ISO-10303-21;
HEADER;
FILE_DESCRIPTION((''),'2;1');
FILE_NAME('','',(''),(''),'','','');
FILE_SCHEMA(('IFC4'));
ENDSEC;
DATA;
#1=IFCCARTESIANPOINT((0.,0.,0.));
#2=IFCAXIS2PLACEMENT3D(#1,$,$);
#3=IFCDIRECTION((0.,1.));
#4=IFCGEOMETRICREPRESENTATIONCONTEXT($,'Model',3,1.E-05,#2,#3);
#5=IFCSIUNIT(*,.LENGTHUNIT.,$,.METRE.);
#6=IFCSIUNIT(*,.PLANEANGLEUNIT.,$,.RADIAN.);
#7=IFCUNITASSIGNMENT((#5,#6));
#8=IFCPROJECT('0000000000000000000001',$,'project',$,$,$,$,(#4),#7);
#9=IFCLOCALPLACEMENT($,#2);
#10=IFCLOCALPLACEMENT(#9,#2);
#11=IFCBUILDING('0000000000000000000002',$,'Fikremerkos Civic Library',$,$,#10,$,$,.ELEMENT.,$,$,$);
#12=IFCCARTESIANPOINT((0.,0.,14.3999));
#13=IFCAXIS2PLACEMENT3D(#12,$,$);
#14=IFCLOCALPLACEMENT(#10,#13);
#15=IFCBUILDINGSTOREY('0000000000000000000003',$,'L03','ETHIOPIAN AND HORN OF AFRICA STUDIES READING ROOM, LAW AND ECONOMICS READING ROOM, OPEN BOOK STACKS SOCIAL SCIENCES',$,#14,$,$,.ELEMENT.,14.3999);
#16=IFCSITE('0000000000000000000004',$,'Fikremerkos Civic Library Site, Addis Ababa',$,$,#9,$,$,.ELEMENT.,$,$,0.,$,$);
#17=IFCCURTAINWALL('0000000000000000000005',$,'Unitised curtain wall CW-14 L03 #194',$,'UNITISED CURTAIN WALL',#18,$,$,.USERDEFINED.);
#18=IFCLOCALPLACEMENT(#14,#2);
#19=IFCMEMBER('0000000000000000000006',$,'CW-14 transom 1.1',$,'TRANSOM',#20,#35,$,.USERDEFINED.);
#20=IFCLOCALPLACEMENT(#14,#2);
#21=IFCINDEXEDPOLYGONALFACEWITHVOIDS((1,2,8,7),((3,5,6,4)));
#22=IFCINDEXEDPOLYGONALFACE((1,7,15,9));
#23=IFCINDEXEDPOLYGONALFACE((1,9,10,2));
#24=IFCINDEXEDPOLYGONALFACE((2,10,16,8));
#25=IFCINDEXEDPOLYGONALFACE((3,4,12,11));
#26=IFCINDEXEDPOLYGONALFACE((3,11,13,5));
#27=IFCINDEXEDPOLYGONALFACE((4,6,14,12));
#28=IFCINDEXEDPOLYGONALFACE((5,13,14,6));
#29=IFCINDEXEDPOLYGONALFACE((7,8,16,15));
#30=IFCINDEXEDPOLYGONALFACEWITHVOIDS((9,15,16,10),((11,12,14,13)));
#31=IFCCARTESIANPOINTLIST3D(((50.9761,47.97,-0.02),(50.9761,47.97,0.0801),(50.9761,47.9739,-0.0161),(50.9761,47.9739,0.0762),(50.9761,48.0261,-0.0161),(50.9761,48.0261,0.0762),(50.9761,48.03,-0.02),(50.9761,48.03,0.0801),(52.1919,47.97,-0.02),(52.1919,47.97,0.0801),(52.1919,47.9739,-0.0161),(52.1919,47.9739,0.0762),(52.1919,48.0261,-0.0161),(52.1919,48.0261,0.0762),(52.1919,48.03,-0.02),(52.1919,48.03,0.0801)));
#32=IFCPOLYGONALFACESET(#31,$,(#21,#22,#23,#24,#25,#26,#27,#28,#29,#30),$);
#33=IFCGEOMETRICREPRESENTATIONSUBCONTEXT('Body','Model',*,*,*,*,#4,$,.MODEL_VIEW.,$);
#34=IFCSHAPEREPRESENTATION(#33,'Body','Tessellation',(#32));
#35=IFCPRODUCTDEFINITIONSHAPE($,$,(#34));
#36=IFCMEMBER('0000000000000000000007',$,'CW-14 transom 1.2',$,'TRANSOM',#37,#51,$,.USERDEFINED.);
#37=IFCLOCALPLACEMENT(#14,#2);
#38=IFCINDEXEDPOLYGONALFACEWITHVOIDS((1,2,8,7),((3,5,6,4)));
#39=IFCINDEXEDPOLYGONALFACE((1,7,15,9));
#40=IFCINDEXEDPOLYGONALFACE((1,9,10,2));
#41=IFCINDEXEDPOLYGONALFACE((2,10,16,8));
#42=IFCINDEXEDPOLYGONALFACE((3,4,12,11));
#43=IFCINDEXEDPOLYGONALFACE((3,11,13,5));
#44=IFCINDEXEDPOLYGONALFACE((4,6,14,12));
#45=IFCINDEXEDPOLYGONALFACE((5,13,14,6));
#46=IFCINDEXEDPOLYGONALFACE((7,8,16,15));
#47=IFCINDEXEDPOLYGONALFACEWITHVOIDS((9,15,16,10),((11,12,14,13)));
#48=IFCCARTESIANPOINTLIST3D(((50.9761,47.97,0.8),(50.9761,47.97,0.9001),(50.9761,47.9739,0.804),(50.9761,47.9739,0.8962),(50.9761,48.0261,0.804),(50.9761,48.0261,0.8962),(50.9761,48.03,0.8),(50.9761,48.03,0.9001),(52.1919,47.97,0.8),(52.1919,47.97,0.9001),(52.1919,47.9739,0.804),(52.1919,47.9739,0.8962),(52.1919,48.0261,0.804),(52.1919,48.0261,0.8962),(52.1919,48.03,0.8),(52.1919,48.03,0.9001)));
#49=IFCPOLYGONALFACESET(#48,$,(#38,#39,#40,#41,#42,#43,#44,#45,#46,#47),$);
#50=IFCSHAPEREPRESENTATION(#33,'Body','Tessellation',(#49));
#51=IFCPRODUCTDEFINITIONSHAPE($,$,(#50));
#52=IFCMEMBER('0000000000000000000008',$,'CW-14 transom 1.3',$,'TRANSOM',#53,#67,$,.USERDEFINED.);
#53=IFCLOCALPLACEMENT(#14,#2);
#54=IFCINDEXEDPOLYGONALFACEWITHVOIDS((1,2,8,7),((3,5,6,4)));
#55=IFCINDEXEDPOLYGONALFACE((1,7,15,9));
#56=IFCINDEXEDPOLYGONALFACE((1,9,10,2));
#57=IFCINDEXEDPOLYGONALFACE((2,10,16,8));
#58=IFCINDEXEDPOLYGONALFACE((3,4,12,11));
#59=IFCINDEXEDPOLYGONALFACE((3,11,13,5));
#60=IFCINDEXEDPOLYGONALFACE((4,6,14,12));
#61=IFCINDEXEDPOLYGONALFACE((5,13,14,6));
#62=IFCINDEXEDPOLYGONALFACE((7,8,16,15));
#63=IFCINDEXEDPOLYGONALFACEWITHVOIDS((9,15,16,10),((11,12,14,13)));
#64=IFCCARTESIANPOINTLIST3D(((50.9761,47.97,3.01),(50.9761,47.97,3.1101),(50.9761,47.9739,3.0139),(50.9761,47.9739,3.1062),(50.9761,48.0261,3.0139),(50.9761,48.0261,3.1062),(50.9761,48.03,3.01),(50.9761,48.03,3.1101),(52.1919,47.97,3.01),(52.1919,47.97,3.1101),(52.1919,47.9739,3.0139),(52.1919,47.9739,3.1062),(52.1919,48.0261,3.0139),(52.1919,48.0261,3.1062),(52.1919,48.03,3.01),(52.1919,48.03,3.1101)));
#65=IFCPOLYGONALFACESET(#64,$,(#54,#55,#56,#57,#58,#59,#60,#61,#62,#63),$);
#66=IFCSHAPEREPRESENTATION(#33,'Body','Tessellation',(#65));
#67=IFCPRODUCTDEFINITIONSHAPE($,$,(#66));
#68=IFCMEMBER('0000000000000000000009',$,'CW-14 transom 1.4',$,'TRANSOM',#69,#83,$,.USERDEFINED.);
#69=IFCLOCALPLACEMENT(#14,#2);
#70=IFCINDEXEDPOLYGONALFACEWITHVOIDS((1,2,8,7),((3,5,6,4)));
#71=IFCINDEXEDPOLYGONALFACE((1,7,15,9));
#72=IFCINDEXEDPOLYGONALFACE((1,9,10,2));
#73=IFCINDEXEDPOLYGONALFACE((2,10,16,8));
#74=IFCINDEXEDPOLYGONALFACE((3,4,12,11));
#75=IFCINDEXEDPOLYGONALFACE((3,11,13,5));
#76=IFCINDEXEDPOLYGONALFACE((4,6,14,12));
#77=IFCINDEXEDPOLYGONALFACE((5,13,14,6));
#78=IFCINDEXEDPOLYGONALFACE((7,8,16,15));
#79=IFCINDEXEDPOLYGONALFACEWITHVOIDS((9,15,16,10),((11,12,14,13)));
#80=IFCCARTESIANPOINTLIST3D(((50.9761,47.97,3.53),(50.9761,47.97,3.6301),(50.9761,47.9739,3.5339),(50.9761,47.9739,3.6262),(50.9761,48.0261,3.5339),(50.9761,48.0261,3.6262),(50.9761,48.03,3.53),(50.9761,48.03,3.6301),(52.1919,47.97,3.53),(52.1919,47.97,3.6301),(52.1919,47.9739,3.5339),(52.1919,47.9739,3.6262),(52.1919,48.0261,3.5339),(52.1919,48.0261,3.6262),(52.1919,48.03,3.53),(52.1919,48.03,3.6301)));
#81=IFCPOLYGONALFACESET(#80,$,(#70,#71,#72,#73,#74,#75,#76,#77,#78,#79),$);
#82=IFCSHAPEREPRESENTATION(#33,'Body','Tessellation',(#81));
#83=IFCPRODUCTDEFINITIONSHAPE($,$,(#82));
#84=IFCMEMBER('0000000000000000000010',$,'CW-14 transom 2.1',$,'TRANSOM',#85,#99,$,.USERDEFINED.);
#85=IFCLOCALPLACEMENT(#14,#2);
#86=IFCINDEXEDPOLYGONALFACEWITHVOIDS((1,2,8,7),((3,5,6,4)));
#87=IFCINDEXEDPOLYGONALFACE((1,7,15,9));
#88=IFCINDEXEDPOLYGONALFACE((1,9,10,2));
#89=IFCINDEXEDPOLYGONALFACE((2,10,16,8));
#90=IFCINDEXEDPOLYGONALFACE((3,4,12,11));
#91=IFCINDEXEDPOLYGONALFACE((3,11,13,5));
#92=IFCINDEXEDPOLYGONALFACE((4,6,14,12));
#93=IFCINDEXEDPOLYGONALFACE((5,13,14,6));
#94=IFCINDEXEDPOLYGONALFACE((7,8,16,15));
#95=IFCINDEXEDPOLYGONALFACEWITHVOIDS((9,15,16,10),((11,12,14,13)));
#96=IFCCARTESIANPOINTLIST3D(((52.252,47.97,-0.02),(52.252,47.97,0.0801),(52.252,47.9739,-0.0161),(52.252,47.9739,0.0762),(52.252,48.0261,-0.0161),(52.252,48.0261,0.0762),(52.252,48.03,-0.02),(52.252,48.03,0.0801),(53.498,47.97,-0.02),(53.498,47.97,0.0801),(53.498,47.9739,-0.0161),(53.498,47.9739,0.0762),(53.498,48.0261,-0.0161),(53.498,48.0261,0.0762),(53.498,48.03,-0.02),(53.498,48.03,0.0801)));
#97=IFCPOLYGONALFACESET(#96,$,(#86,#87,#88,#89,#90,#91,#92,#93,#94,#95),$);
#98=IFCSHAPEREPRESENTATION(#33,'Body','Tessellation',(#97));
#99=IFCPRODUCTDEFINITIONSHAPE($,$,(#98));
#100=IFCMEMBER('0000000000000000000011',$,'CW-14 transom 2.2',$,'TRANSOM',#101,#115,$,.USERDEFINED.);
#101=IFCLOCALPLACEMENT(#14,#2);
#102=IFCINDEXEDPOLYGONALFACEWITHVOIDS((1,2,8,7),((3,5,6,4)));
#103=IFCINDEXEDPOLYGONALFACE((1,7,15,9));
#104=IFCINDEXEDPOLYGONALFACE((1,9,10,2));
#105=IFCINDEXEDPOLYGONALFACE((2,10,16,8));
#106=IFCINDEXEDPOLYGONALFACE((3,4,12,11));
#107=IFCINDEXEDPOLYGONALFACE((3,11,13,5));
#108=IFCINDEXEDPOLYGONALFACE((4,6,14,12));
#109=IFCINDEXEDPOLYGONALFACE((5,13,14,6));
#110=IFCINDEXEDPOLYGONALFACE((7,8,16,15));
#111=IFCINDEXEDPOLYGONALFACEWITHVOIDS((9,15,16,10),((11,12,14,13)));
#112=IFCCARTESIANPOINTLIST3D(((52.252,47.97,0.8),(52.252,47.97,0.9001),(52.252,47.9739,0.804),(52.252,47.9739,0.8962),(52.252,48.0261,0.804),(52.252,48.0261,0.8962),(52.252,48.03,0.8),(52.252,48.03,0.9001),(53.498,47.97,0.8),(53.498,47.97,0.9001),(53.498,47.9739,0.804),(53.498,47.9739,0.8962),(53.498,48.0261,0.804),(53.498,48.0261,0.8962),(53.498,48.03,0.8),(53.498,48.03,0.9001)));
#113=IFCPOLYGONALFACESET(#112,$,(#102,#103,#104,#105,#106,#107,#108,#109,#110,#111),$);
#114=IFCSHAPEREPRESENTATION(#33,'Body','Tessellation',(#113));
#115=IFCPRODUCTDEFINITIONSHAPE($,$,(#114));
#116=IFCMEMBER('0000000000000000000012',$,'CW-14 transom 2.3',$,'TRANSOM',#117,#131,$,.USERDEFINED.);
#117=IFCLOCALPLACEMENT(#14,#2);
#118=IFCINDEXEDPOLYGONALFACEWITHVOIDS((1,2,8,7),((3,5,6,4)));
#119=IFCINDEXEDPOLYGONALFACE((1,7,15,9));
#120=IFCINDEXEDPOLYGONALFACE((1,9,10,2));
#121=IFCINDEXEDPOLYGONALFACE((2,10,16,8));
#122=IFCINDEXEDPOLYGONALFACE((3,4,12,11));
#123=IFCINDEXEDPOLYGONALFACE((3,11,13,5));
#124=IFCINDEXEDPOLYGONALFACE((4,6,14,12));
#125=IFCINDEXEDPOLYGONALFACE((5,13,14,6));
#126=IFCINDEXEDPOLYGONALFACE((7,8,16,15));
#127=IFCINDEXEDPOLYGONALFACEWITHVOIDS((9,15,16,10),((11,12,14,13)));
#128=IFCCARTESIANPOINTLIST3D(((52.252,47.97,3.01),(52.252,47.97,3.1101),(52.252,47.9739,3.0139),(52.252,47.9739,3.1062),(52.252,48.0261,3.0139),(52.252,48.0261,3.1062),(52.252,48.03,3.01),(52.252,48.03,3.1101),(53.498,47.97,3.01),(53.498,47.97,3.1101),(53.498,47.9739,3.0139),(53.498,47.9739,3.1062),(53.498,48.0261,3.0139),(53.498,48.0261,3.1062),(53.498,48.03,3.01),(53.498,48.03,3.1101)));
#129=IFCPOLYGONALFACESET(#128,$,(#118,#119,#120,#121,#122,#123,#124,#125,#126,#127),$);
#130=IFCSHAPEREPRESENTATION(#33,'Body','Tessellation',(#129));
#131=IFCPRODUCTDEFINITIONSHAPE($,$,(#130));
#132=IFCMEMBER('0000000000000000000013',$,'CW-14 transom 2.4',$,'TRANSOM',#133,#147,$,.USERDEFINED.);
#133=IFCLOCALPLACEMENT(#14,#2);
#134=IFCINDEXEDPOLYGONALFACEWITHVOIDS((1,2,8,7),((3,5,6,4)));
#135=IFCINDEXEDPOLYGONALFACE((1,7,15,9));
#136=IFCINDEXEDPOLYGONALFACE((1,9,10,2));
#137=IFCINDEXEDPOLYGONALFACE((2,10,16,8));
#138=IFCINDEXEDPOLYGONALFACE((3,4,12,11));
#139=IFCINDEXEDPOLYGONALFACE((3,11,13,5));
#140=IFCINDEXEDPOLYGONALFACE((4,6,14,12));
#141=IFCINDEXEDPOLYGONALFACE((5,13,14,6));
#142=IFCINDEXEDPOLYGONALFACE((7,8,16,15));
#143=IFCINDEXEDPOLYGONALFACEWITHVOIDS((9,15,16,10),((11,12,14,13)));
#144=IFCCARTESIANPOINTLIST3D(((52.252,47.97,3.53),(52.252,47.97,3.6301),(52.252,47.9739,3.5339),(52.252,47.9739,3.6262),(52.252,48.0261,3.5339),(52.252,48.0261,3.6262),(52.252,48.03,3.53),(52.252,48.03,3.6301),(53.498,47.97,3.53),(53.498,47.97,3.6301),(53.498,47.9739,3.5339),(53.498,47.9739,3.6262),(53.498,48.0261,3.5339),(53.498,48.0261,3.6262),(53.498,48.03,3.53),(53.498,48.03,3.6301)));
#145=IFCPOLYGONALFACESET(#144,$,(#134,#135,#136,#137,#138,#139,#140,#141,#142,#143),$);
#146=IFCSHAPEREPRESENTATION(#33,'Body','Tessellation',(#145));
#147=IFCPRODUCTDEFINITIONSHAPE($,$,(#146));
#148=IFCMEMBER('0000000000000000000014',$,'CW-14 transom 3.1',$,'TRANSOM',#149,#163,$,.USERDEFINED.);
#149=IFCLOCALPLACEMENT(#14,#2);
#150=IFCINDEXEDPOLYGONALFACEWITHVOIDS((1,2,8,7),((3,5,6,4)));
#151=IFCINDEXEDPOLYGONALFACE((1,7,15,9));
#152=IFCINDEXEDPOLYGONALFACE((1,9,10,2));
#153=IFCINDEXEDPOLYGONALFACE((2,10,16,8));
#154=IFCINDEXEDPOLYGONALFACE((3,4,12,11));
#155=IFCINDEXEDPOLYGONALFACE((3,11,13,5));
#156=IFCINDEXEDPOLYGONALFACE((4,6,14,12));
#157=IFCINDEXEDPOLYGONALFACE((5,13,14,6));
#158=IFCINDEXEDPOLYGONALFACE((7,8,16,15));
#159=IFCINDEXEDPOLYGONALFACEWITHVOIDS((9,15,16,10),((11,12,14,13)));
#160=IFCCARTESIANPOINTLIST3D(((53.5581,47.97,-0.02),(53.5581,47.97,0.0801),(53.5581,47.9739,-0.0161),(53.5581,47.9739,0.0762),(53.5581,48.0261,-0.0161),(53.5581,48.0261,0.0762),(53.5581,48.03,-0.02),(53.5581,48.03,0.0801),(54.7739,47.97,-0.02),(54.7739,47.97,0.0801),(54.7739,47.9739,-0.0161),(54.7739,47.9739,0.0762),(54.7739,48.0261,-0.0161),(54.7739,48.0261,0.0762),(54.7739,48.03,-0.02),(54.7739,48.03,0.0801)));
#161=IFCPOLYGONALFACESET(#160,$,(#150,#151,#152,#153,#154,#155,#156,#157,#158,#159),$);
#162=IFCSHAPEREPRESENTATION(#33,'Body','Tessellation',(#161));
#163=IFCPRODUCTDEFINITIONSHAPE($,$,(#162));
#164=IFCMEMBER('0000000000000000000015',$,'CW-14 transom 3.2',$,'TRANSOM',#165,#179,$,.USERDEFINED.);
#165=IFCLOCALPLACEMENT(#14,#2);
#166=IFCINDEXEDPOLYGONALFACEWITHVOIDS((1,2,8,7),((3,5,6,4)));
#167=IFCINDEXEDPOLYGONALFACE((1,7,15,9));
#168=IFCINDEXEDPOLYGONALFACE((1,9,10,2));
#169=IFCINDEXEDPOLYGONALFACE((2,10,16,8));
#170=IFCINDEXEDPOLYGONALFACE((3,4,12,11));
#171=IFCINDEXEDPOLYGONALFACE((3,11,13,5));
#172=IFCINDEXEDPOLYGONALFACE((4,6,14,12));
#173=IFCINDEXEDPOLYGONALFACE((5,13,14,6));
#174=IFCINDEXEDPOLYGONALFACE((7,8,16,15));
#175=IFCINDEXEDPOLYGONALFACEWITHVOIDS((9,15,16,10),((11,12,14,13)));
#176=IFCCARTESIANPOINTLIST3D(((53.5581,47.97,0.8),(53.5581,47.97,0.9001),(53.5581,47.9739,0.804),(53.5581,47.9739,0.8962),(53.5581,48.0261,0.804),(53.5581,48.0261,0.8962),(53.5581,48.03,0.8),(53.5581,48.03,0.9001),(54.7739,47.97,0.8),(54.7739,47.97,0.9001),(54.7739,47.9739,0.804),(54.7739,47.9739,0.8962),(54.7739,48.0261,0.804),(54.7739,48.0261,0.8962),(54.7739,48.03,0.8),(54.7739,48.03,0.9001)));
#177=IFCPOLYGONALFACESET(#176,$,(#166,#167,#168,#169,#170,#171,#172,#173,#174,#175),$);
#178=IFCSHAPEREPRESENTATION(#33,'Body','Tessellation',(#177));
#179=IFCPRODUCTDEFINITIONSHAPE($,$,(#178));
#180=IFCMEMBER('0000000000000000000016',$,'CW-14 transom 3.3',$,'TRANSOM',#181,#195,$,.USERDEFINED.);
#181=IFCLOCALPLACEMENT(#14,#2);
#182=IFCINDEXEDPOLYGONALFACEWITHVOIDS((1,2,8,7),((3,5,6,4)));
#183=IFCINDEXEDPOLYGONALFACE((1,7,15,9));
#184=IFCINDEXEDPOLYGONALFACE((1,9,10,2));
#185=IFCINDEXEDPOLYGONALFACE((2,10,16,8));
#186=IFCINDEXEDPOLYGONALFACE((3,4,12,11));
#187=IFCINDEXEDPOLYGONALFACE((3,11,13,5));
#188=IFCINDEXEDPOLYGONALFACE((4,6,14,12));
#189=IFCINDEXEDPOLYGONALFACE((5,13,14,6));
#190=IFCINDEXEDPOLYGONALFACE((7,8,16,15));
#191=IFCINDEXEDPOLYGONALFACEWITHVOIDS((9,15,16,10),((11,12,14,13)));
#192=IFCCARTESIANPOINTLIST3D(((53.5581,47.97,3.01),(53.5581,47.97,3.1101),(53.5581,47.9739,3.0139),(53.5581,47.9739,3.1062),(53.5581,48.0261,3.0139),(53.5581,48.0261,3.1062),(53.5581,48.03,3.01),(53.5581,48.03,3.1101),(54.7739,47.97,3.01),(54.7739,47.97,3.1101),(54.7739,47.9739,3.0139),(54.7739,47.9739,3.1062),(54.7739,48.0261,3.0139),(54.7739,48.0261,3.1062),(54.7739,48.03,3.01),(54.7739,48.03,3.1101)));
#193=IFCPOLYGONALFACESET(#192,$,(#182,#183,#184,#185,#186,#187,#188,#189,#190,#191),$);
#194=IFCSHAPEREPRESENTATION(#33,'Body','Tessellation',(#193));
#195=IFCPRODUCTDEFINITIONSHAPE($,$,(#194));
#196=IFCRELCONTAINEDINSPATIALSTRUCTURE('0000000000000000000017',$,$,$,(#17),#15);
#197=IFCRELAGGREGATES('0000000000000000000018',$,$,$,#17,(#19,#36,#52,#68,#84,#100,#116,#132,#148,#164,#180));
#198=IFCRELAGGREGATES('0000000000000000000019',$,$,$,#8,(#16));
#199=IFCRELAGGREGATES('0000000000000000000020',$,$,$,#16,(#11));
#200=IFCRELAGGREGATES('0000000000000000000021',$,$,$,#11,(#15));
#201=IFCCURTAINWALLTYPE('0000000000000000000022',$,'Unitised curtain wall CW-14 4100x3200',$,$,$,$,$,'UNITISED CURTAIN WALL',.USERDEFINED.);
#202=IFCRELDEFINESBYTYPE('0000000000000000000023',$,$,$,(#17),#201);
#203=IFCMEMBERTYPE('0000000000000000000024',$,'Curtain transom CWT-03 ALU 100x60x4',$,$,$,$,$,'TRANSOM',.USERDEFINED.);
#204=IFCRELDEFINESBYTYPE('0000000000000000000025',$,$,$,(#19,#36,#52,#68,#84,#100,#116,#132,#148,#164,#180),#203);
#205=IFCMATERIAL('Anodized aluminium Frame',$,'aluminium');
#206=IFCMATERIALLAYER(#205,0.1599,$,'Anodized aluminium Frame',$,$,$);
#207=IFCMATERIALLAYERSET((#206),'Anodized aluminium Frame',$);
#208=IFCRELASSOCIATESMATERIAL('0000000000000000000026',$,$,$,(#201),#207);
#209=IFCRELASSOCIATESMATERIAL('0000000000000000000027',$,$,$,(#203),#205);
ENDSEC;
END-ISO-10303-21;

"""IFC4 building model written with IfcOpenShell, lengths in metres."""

from ifc_helpers import new_model, si_unit, direction, frame, origin, origin_2d, place, context, subcontext, project, spatial, hollow_rectangle, extrude, material, layer, layer_set, material_profile, profile_set, type_object, element, aggregate, save


model = new_model("IFC4")

# Units and contexts
model_context = context("Model", 3, precision=1e-05, world=origin(), true_north=direction((0.0, 1.0)))
body_context = subcontext(model_context, "Body", "Model", "MODEL_VIEW")
ifc_project = project(units=[si_unit("LENGTHUNIT", "METRE"), si_unit("PLANEANGLEUNIT", "RADIAN")], contexts=[model_context])

# Site, building, storey
site_placement = place(None, origin())
site = spatial("IfcSite", under=ifc_project, at=site_placement, Name="Fikremerkos Civic Library Site, Addis Ababa", CompositionType="ELEMENT", RefElevation=0.0)
building_placement = place(site_placement, origin())
building = spatial("IfcBuilding", under=site, at=building_placement, Name="Fikremerkos Civic Library", CompositionType="ELEMENT")
storey_placement = place(building_placement, frame((0.0, 0.0, 14.3999)))
storey = spatial("IfcBuildingStorey", under=building, at=storey_placement, Name="L03", Description="ETHIOPIAN AND HORN OF AFRICA STUDIES READING ROOM, LAW AND ECONOMICS READING ROOM, OPEN BOOK STACKS SOCIAL SCIENCES", CompositionType="ELEMENT", Elevation=14.3999)

# Shared definitions
ifc_material_1 = material(Name="Anodized aluminium Frame", Category="aluminium")

# Curtain wall
ifc_layer_1 = layer(ifc_material_1, 0.1599, Name="Anodized aluminium Frame")
ifc_layer_set_1 = layer_set([ifc_layer_1], Name="Anodized aluminium Frame")
curtain_wall_type_1 = type_object("IfcCurtainWallType", Name="Unitised curtain wall CW-14 4100x3200", ElementType="UNITISED CURTAIN WALL", PredefinedType="USERDEFINED", material=ifc_layer_set_1)
curtain_wall_1_placement = place(storey_placement, origin())
curtain_wall_1 = element("IfcCurtainWall", 1, at=curtain_wall_1_placement, inside=storey, type_object=curtain_wall_type_1, Name="Unitised curtain wall CW-14 L03 #194", ObjectType="UNITISED CURTAIN WALL", PredefinedType="USERDEFINED")

# Members
ifc_material_profile_1 = material_profile(ifc_material_1, hollow_rectangle(XDim=0.0601, YDim=0.1001, WallThickness=0.0039, at=origin_2d()), Name="ALU 100x60x4")
ifc_profile_set_1 = profile_set([ifc_material_profile_1], Name="Anodized aluminium Frame")
member_type_1 = type_object("IfcMemberType", Name="Curtain transom CWT-03 ALU 100x60x4", ElementType="TRANSOM", PredefinedType="USERDEFINED", material=ifc_profile_set_1)
member_1_placement = place(storey_placement, frame((50.9761, 48.0, 0.03), z_axis=(1.0, 0.0, 0.0), x_axis=(0.0, 1.0, 0.0)))
member_1 = element("IfcMember", 2, at=member_1_placement, type_object=member_type_1, Name="CW-14 transom 1.1", ObjectType="TRANSOM", PredefinedType="USERDEFINED", context=body_context, shape_type="SweptSolid", body=[
    extrude(hollow_rectangle(XDim=0.0601, YDim=0.1001, WallThickness=0.0039, at=origin_2d()), origin(), (0.0, 0.0, 1.0), 1.2158),
])
member_2_placement = place(storey_placement, frame((50.9761, 48.0, 0.8501), z_axis=(1.0, 0.0, 0.0), x_axis=(0.0, 1.0, 0.0)))
member_2 = element("IfcMember", 3, at=member_2_placement, type_object=member_type_1, Name="CW-14 transom 1.2", ObjectType="TRANSOM", PredefinedType="USERDEFINED", context=body_context, shape_type="SweptSolid", body=[
    extrude(hollow_rectangle(XDim=0.0601, YDim=0.1001, WallThickness=0.0039, at=origin_2d()), origin(), (0.0, 0.0, 1.0), 1.2158),
])
member_3_placement = place(storey_placement, frame((50.9761, 48.0, 3.0601), z_axis=(1.0, 0.0, 0.0), x_axis=(0.0, 1.0, 0.0)))
member_3 = element("IfcMember", 4, at=member_3_placement, type_object=member_type_1, Name="CW-14 transom 1.3", ObjectType="TRANSOM", PredefinedType="USERDEFINED", context=body_context, shape_type="SweptSolid", body=[
    extrude(hollow_rectangle(XDim=0.0601, YDim=0.1001, WallThickness=0.0039, at=origin_2d()), origin(), (0.0, 0.0, 1.0), 1.2158),
])
member_4_placement = place(storey_placement, frame((50.9761, 48.0, 3.5801), z_axis=(1.0, 0.0, 0.0), x_axis=(0.0, 1.0, 0.0)))
member_4 = element("IfcMember", 5, at=member_4_placement, type_object=member_type_1, Name="CW-14 transom 1.4", ObjectType="TRANSOM", PredefinedType="USERDEFINED", context=body_context, shape_type="SweptSolid", body=[
    extrude(hollow_rectangle(XDim=0.0601, YDim=0.1001, WallThickness=0.0039, at=origin_2d()), origin(), (0.0, 0.0, 1.0), 1.2158),
])
member_5_placement = place(storey_placement, frame((52.252, 48.0, 0.03), z_axis=(1.0, 0.0, 0.0), x_axis=(0.0, 1.0, 0.0)))
member_5 = element("IfcMember", 6, at=member_5_placement, type_object=member_type_1, Name="CW-14 transom 2.1", ObjectType="TRANSOM", PredefinedType="USERDEFINED", context=body_context, shape_type="SweptSolid", body=[
    extrude(hollow_rectangle(XDim=0.0601, YDim=0.1001, WallThickness=0.0039, at=origin_2d()), origin(), (0.0, 0.0, 1.0), 1.2461),
])
member_6_placement = place(storey_placement, frame((52.252, 48.0, 0.8501), z_axis=(1.0, 0.0, 0.0), x_axis=(0.0, 1.0, 0.0)))
member_6 = element("IfcMember", 7, at=member_6_placement, type_object=member_type_1, Name="CW-14 transom 2.2", ObjectType="TRANSOM", PredefinedType="USERDEFINED", context=body_context, shape_type="SweptSolid", body=[
    extrude(hollow_rectangle(XDim=0.0601, YDim=0.1001, WallThickness=0.0039, at=origin_2d()), origin(), (0.0, 0.0, 1.0), 1.2461),
])
member_7_placement = place(storey_placement, frame((52.252, 48.0, 3.0601), z_axis=(1.0, 0.0, 0.0), x_axis=(0.0, 1.0, 0.0)))
member_7 = element("IfcMember", 8, at=member_7_placement, type_object=member_type_1, Name="CW-14 transom 2.3", ObjectType="TRANSOM", PredefinedType="USERDEFINED", context=body_context, shape_type="SweptSolid", body=[
    extrude(hollow_rectangle(XDim=0.0601, YDim=0.1001, WallThickness=0.0039, at=origin_2d()), origin(), (0.0, 0.0, 1.0), 1.2461),
])
member_8_placement = place(storey_placement, frame((52.252, 48.0, 3.5801), z_axis=(1.0, 0.0, 0.0), x_axis=(0.0, 1.0, 0.0)))
member_8 = element("IfcMember", 9, at=member_8_placement, type_object=member_type_1, Name="CW-14 transom 2.4", ObjectType="TRANSOM", PredefinedType="USERDEFINED", context=body_context, shape_type="SweptSolid", body=[
    extrude(hollow_rectangle(XDim=0.0601, YDim=0.1001, WallThickness=0.0039, at=origin_2d()), origin(), (0.0, 0.0, 1.0), 1.2461),
])
member_9_placement = place(storey_placement, frame((53.5581, 48.0, 0.03), z_axis=(1.0, 0.0, 0.0), x_axis=(0.0, 1.0, 0.0)))
member_9 = element("IfcMember", 10, at=member_9_placement, type_object=member_type_1, Name="CW-14 transom 3.1", ObjectType="TRANSOM", PredefinedType="USERDEFINED", context=body_context, shape_type="SweptSolid", body=[
    extrude(hollow_rectangle(XDim=0.0601, YDim=0.1001, WallThickness=0.0039, at=origin_2d()), origin(), (0.0, 0.0, 1.0), 1.2158),
])
member_10_placement = place(storey_placement, frame((53.5581, 48.0, 0.8501), z_axis=(1.0, 0.0, 0.0), x_axis=(0.0, 1.0, 0.0)))
member_10 = element("IfcMember", 11, at=member_10_placement, type_object=member_type_1, Name="CW-14 transom 3.2", ObjectType="TRANSOM", PredefinedType="USERDEFINED", context=body_context, shape_type="SweptSolid", body=[
    extrude(hollow_rectangle(XDim=0.0601, YDim=0.1001, WallThickness=0.0039, at=origin_2d()), origin(), (0.0, 0.0, 1.0), 1.2158),
])
member_11_placement = place(storey_placement, frame((53.5581, 48.0, 3.0601), z_axis=(1.0, 0.0, 0.0), x_axis=(0.0, 1.0, 0.0)))
member_11 = element("IfcMember", 12, at=member_11_placement, type_object=member_type_1, Name="CW-14 transom 3.3", ObjectType="TRANSOM", PredefinedType="USERDEFINED", context=body_context, shape_type="SweptSolid", body=[
    extrude(hollow_rectangle(XDim=0.0601, YDim=0.1001, WallThickness=0.0039, at=origin_2d()), origin(), (0.0, 0.0, 1.0), 1.2158),
])

aggregate(curtain_wall_1, [member_1, member_2, member_3, member_4, member_5, member_6, member_7, member_8, member_9, member_10, member_11])

save(model, "model.ifc")
